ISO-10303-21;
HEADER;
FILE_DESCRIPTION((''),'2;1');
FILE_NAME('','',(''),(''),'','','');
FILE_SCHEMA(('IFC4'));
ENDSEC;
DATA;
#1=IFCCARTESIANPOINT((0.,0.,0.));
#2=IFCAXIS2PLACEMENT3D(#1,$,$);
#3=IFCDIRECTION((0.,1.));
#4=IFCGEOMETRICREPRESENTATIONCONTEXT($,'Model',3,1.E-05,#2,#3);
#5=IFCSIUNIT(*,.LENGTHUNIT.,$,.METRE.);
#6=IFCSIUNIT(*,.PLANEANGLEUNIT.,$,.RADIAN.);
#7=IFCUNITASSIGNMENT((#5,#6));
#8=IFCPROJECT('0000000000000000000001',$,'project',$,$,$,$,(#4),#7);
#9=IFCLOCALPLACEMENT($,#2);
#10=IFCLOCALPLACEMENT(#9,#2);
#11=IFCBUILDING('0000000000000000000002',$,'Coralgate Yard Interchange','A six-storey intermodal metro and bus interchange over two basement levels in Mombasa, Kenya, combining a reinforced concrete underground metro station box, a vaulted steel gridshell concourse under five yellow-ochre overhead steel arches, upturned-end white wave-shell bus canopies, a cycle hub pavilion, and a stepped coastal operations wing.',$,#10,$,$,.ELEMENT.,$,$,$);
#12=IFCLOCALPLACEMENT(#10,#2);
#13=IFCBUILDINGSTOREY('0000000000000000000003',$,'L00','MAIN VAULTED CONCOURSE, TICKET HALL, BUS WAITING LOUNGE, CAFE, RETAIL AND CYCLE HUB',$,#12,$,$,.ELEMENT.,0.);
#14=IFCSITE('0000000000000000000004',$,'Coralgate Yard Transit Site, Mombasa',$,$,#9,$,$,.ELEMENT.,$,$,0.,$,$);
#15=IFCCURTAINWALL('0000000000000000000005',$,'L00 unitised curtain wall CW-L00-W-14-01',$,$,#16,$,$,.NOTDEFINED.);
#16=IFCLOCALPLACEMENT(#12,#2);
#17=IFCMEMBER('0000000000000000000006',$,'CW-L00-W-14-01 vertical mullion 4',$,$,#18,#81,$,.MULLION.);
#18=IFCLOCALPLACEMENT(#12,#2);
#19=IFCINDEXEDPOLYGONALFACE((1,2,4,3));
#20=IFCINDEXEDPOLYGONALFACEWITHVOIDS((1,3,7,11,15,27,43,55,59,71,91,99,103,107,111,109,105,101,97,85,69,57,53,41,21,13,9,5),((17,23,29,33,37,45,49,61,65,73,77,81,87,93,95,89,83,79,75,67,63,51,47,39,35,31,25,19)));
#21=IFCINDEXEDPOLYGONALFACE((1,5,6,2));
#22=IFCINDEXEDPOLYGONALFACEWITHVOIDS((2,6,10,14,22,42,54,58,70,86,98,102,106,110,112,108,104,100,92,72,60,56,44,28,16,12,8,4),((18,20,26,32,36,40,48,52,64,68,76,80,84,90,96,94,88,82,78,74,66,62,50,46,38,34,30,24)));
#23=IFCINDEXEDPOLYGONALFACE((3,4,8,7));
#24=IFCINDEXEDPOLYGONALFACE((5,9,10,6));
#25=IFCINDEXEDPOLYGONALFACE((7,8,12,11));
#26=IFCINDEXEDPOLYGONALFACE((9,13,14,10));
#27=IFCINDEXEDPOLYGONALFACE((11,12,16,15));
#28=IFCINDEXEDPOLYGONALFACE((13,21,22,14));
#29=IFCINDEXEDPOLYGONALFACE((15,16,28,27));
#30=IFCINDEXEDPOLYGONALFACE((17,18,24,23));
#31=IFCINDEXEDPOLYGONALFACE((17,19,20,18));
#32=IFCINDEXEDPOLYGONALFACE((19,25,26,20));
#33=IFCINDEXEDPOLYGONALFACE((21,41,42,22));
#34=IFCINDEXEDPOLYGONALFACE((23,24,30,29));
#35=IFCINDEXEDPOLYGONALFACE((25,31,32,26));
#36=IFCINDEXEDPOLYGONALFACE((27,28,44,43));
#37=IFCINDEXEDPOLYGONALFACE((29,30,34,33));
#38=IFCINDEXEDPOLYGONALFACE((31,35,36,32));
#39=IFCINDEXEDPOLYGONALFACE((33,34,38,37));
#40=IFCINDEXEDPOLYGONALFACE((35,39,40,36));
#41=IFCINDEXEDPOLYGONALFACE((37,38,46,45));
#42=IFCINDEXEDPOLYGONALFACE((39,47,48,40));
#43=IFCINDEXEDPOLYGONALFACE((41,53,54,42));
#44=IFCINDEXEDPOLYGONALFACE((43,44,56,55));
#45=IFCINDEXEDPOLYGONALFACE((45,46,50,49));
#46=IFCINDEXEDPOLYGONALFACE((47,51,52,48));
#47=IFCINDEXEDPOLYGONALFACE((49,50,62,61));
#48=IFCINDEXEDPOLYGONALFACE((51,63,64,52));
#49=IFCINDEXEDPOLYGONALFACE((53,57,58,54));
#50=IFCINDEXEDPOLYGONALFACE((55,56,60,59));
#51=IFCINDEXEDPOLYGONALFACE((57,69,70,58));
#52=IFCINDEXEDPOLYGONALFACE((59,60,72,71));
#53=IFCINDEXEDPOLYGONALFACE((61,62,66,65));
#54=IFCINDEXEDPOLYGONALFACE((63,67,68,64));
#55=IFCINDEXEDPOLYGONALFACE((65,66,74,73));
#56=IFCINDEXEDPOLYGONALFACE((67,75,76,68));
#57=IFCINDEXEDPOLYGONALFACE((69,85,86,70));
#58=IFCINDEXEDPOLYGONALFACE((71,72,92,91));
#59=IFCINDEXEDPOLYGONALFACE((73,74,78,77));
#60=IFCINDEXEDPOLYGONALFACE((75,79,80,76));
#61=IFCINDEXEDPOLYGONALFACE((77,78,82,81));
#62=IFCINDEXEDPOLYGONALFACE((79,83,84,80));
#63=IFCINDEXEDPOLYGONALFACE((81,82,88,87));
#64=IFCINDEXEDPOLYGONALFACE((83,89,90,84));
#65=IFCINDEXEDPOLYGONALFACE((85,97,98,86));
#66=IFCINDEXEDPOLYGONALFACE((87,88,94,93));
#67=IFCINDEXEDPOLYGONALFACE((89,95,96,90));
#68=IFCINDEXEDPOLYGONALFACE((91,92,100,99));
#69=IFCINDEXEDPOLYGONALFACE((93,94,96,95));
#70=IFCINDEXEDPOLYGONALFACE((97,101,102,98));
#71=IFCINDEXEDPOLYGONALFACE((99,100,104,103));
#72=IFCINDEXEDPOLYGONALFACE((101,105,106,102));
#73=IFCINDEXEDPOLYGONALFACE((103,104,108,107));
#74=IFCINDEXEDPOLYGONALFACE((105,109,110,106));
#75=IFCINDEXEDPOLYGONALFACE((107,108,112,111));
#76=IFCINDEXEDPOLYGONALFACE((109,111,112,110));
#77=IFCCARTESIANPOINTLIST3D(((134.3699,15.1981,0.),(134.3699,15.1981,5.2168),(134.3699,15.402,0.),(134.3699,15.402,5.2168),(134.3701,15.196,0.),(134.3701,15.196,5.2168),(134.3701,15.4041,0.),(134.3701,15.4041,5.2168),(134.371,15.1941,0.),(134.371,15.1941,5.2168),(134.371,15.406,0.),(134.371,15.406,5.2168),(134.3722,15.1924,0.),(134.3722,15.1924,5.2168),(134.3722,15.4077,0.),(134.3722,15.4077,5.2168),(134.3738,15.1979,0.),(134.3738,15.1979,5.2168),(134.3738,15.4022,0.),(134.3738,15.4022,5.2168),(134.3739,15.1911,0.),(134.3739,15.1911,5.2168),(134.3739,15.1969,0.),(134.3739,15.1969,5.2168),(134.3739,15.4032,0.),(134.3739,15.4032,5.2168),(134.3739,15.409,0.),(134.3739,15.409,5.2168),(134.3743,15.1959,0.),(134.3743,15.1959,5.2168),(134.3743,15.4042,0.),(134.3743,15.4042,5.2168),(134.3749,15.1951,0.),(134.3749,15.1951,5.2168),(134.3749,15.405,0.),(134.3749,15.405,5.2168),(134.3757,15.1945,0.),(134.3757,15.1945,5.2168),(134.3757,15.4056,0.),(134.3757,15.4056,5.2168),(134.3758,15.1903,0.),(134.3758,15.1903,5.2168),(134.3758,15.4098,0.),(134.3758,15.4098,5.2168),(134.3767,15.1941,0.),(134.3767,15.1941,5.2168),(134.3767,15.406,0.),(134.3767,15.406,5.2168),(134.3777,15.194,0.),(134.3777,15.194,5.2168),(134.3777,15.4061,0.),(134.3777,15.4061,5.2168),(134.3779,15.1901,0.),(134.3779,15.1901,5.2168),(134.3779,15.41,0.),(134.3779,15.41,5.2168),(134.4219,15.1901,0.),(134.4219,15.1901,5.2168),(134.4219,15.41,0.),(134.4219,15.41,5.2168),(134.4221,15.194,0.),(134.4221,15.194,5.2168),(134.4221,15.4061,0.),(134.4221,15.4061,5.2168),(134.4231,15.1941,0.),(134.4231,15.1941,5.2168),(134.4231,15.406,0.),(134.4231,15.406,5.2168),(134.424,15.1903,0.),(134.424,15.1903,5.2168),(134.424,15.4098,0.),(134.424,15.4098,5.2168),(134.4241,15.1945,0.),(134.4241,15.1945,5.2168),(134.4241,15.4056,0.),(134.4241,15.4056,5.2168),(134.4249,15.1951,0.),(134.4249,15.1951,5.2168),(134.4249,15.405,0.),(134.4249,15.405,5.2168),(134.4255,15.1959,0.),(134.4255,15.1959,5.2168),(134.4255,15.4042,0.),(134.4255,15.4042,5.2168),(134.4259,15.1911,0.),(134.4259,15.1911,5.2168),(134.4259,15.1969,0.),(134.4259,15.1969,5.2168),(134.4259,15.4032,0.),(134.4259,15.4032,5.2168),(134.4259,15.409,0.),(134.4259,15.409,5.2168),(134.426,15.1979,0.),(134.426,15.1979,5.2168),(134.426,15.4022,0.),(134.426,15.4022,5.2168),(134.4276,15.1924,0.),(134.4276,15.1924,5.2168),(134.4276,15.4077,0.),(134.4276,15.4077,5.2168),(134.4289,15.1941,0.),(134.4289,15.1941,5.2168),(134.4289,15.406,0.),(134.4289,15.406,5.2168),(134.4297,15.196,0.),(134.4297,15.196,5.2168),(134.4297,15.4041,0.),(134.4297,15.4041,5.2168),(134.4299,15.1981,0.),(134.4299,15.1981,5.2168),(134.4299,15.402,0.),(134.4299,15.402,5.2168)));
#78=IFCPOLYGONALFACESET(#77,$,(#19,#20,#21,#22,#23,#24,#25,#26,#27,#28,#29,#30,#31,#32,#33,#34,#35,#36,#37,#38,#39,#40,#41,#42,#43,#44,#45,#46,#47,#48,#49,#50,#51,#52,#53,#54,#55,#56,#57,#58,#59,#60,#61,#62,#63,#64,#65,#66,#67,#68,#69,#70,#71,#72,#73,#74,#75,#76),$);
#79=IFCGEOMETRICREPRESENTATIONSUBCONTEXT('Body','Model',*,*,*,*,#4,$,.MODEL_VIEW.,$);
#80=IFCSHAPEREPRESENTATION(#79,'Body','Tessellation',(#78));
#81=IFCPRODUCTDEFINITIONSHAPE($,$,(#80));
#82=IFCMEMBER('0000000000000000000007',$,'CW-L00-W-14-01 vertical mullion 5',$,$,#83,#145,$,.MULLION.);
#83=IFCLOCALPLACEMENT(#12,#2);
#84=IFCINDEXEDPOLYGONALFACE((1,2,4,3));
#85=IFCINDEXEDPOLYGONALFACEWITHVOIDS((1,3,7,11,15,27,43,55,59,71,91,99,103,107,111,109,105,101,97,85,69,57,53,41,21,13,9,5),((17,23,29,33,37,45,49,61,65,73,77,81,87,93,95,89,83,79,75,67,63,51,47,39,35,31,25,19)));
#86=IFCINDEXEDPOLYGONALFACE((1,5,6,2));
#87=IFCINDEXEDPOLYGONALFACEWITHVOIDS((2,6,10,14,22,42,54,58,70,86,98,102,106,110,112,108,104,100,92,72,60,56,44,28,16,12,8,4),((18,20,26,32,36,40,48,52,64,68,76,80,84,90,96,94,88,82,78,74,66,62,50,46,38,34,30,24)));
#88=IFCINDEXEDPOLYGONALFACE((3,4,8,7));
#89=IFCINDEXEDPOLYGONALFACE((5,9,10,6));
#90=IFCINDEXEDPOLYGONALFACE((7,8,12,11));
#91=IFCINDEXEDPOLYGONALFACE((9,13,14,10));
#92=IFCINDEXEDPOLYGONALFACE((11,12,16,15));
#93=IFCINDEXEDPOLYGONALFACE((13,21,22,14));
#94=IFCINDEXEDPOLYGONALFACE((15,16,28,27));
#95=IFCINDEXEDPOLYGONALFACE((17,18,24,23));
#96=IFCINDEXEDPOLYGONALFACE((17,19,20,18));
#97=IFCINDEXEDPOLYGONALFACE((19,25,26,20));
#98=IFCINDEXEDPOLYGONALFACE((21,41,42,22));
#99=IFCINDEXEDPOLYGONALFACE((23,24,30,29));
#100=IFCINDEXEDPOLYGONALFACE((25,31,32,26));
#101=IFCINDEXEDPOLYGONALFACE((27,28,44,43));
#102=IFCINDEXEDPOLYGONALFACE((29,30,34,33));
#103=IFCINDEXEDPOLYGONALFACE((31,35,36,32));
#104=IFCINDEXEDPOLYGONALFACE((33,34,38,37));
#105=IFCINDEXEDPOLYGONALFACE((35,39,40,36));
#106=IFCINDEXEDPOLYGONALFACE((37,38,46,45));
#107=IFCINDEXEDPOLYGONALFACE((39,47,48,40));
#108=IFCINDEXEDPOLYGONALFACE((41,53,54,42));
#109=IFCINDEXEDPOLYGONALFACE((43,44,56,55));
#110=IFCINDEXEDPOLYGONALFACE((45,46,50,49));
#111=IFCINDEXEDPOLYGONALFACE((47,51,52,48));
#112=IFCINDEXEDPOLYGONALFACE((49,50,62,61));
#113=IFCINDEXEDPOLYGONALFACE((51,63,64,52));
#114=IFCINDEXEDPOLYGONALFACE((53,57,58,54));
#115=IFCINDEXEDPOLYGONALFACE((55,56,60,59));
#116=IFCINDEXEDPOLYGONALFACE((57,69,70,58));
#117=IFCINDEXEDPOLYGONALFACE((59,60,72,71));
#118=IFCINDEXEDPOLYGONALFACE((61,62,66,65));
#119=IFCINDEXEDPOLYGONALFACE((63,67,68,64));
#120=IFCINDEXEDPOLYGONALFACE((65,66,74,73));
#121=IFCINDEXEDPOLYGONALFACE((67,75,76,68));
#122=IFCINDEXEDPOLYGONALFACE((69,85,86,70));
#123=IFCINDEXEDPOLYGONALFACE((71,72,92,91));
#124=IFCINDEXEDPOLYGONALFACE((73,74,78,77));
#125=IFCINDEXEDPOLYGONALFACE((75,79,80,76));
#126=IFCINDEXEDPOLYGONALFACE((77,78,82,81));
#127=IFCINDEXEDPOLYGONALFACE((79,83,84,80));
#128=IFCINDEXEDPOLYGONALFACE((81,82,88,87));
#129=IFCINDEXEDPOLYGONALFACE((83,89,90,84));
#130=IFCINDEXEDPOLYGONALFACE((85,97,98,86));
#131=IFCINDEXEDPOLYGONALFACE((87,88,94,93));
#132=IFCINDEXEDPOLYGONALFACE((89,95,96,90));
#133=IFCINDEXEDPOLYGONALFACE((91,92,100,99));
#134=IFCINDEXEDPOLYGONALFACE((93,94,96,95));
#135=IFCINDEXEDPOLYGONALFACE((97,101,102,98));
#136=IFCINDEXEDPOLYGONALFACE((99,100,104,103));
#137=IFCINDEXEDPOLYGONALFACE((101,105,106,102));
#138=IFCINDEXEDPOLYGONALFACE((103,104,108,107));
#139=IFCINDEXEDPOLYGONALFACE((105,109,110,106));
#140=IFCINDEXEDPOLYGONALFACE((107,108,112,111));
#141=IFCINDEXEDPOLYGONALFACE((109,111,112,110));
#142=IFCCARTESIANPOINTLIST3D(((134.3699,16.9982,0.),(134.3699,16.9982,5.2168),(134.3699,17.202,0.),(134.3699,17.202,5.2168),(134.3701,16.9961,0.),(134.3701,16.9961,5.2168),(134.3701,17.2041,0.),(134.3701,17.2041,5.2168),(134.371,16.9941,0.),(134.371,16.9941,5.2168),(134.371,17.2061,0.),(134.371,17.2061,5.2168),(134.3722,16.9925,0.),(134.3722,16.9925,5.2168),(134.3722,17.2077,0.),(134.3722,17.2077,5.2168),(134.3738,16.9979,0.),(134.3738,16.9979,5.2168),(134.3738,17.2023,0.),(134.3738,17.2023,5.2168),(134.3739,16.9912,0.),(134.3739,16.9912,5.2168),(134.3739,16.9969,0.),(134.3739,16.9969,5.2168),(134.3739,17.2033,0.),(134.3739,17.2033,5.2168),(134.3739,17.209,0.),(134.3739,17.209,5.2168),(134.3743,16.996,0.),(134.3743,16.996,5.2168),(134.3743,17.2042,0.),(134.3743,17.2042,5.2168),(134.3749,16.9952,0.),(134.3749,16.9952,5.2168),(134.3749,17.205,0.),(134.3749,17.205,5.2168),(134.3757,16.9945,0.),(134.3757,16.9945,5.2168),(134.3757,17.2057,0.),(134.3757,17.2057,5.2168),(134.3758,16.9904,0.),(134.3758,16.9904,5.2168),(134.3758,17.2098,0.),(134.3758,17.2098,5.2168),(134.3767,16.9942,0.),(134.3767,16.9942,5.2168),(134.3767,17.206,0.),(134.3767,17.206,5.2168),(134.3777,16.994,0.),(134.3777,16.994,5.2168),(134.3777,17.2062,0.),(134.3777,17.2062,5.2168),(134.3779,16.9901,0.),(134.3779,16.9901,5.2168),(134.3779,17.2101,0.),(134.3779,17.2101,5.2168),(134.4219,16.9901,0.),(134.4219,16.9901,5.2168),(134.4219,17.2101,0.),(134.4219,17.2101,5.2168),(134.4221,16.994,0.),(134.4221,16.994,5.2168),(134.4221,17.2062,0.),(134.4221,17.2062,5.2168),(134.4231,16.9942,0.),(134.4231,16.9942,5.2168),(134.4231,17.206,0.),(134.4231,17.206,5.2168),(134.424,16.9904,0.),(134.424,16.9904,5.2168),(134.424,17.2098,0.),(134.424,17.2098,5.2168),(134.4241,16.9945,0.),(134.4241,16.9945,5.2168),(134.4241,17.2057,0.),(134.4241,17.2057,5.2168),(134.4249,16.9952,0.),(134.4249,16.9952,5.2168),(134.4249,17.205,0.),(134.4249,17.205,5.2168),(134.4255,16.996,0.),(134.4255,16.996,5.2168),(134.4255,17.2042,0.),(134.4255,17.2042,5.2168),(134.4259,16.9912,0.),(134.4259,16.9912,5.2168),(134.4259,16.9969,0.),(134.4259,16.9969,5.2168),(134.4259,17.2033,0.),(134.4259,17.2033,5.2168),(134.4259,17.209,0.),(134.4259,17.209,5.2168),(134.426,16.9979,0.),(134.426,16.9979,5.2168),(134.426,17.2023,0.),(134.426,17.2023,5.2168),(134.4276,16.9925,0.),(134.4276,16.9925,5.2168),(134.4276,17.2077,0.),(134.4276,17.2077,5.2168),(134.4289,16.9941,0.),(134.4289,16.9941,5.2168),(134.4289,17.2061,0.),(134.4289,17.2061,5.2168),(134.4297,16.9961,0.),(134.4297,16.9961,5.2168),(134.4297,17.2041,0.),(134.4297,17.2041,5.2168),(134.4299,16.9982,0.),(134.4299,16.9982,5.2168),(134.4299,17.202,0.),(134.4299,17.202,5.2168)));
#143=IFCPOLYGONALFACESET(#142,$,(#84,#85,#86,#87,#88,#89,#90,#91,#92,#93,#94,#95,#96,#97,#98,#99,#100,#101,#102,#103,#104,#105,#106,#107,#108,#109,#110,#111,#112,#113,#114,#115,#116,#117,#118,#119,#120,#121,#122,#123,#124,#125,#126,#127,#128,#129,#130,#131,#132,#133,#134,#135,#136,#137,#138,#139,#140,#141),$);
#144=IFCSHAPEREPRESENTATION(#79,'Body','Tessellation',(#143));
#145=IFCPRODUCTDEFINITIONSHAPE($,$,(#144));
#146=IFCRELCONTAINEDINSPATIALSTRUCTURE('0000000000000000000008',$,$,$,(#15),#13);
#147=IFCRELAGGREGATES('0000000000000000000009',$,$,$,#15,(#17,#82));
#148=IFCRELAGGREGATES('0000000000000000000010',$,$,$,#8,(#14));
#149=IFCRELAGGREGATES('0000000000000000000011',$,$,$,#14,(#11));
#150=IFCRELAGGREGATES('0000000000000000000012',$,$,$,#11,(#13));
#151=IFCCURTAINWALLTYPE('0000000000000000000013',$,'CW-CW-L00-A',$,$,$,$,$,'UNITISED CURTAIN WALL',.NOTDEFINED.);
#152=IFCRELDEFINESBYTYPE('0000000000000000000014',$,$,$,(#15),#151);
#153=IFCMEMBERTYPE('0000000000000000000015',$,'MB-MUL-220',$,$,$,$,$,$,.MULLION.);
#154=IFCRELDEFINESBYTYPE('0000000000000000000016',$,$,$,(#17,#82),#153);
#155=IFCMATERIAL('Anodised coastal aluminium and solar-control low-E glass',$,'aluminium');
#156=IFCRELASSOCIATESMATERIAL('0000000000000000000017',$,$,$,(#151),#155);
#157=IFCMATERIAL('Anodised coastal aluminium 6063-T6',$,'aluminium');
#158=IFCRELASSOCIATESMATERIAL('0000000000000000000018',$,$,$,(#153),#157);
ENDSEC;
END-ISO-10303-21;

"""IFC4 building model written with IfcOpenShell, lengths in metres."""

from ifc_helpers import new_model, si_unit, direction, frame, origin, origin_2d, place, context, subcontext, project, spatial, hollow_rectangle, extrude, material, material_profile, profile_set, type_object, element, aggregate, save


model = new_model("IFC4")

# Units and contexts
model_context = context("Model", 3, precision=1e-05, world=origin(), true_north=direction((0.0, 1.0)))
body_context = subcontext(model_context, "Body", "Model", "MODEL_VIEW")
ifc_project = project(units=[si_unit("LENGTHUNIT", "METRE"), si_unit("PLANEANGLEUNIT", "RADIAN")], contexts=[model_context])

# Site, building, storey
site_placement = place(None, origin())
site = spatial("IfcSite", under=ifc_project, at=site_placement, Name="Coralgate Yard Transit Site, Mombasa", CompositionType="ELEMENT", RefElevation=0.0)
building_placement = place(site_placement, origin())
building = spatial("IfcBuilding", under=site, at=building_placement, Name="Coralgate Yard Interchange", Description="A six-storey intermodal metro and bus interchange over two basement levels in Mombasa, Kenya, combining a reinforced concrete underground metro station box, a vaulted steel gridshell concourse under five yellow-ochre overhead steel arches, upturned-end white wave-shell bus canopies, a cycle hub pavilion, and a stepped coastal operations wing.", CompositionType="ELEMENT")
storey_placement = place(building_placement, origin())
storey = spatial("IfcBuildingStorey", under=building, at=storey_placement, Name="L00", Description="MAIN VAULTED CONCOURSE, TICKET HALL, BUS WAITING LOUNGE, CAFE, RETAIL AND CYCLE HUB", CompositionType="ELEMENT", Elevation=0.0)

# Curtain wall, members
ifc_material_1 = material(Name="Anodised coastal aluminium and solar-control low-E glass", Category="aluminium")
curtain_wall_type = type_object("IfcCurtainWallType", Name="CW-CW-L00-A", ElementType="UNITISED CURTAIN WALL", PredefinedType="NOTDEFINED", material=ifc_material_1)
curtain_wall_placement = place(storey_placement, origin())
curtain_wall = element("IfcCurtainWall", 1, at=curtain_wall_placement, inside=storey, type_object=curtain_wall_type, Name="L00 unitised curtain wall CW-L00-W-14-01", PredefinedType="NOTDEFINED")
ifc_material_2 = material(Name="Anodised coastal aluminium 6063-T6", Category="aluminium")
ifc_material_profile_1 = material_profile(ifc_material_2, hollow_rectangle(XDim=0.0601, YDim=0.22, WallThickness=0.0039, InnerFilletRadius=0.0039, OuterFilletRadius=0.0081, at=origin_2d()), Name="ALU 60x220x4")
ifc_profile_set_1 = profile_set([ifc_material_profile_1], Name="Anodised coastal aluminium 6063-T6")
member_type_1 = type_object("IfcMemberType", Name="MB-MUL-220", PredefinedType="MULLION", material=ifc_profile_set_1)
member_1_placement = place(storey_placement, frame((134.3999, 15.3, 0.0), z_axis=(0.0, 0.0, 1.0), x_axis=(1.0, 0.0, 0.0)))
member_1 = element("IfcMember", 2, at=member_1_placement, type_object=member_type_1, Name="CW-L00-W-14-01 vertical mullion 4", PredefinedType="MULLION", context=body_context, shape_type="SweptSolid", body=[
    extrude(hollow_rectangle(XDim=0.0601, YDim=0.22, WallThickness=0.0039, InnerFilletRadius=0.0039, OuterFilletRadius=0.0081, at=origin_2d()), origin(), (0.0, 0.0, 1.0), 5.2168),
])
member_2_placement = place(storey_placement, frame((134.3999, 17.1001, 0.0), z_axis=(0.0, 0.0, 1.0), x_axis=(1.0, 0.0, 0.0)))
member_2 = element("IfcMember", 3, at=member_2_placement, type_object=member_type_1, Name="CW-L00-W-14-01 vertical mullion 5", PredefinedType="MULLION", context=body_context, shape_type="SweptSolid", body=[
    extrude(hollow_rectangle(XDim=0.0601, YDim=0.22, WallThickness=0.0039, InnerFilletRadius=0.0039, OuterFilletRadius=0.0081, at=origin_2d()), origin(), (0.0, 0.0, 1.0), 5.2168),
])
aggregate(curtain_wall, [member_1, member_2])

save(model, "model.ifc")
